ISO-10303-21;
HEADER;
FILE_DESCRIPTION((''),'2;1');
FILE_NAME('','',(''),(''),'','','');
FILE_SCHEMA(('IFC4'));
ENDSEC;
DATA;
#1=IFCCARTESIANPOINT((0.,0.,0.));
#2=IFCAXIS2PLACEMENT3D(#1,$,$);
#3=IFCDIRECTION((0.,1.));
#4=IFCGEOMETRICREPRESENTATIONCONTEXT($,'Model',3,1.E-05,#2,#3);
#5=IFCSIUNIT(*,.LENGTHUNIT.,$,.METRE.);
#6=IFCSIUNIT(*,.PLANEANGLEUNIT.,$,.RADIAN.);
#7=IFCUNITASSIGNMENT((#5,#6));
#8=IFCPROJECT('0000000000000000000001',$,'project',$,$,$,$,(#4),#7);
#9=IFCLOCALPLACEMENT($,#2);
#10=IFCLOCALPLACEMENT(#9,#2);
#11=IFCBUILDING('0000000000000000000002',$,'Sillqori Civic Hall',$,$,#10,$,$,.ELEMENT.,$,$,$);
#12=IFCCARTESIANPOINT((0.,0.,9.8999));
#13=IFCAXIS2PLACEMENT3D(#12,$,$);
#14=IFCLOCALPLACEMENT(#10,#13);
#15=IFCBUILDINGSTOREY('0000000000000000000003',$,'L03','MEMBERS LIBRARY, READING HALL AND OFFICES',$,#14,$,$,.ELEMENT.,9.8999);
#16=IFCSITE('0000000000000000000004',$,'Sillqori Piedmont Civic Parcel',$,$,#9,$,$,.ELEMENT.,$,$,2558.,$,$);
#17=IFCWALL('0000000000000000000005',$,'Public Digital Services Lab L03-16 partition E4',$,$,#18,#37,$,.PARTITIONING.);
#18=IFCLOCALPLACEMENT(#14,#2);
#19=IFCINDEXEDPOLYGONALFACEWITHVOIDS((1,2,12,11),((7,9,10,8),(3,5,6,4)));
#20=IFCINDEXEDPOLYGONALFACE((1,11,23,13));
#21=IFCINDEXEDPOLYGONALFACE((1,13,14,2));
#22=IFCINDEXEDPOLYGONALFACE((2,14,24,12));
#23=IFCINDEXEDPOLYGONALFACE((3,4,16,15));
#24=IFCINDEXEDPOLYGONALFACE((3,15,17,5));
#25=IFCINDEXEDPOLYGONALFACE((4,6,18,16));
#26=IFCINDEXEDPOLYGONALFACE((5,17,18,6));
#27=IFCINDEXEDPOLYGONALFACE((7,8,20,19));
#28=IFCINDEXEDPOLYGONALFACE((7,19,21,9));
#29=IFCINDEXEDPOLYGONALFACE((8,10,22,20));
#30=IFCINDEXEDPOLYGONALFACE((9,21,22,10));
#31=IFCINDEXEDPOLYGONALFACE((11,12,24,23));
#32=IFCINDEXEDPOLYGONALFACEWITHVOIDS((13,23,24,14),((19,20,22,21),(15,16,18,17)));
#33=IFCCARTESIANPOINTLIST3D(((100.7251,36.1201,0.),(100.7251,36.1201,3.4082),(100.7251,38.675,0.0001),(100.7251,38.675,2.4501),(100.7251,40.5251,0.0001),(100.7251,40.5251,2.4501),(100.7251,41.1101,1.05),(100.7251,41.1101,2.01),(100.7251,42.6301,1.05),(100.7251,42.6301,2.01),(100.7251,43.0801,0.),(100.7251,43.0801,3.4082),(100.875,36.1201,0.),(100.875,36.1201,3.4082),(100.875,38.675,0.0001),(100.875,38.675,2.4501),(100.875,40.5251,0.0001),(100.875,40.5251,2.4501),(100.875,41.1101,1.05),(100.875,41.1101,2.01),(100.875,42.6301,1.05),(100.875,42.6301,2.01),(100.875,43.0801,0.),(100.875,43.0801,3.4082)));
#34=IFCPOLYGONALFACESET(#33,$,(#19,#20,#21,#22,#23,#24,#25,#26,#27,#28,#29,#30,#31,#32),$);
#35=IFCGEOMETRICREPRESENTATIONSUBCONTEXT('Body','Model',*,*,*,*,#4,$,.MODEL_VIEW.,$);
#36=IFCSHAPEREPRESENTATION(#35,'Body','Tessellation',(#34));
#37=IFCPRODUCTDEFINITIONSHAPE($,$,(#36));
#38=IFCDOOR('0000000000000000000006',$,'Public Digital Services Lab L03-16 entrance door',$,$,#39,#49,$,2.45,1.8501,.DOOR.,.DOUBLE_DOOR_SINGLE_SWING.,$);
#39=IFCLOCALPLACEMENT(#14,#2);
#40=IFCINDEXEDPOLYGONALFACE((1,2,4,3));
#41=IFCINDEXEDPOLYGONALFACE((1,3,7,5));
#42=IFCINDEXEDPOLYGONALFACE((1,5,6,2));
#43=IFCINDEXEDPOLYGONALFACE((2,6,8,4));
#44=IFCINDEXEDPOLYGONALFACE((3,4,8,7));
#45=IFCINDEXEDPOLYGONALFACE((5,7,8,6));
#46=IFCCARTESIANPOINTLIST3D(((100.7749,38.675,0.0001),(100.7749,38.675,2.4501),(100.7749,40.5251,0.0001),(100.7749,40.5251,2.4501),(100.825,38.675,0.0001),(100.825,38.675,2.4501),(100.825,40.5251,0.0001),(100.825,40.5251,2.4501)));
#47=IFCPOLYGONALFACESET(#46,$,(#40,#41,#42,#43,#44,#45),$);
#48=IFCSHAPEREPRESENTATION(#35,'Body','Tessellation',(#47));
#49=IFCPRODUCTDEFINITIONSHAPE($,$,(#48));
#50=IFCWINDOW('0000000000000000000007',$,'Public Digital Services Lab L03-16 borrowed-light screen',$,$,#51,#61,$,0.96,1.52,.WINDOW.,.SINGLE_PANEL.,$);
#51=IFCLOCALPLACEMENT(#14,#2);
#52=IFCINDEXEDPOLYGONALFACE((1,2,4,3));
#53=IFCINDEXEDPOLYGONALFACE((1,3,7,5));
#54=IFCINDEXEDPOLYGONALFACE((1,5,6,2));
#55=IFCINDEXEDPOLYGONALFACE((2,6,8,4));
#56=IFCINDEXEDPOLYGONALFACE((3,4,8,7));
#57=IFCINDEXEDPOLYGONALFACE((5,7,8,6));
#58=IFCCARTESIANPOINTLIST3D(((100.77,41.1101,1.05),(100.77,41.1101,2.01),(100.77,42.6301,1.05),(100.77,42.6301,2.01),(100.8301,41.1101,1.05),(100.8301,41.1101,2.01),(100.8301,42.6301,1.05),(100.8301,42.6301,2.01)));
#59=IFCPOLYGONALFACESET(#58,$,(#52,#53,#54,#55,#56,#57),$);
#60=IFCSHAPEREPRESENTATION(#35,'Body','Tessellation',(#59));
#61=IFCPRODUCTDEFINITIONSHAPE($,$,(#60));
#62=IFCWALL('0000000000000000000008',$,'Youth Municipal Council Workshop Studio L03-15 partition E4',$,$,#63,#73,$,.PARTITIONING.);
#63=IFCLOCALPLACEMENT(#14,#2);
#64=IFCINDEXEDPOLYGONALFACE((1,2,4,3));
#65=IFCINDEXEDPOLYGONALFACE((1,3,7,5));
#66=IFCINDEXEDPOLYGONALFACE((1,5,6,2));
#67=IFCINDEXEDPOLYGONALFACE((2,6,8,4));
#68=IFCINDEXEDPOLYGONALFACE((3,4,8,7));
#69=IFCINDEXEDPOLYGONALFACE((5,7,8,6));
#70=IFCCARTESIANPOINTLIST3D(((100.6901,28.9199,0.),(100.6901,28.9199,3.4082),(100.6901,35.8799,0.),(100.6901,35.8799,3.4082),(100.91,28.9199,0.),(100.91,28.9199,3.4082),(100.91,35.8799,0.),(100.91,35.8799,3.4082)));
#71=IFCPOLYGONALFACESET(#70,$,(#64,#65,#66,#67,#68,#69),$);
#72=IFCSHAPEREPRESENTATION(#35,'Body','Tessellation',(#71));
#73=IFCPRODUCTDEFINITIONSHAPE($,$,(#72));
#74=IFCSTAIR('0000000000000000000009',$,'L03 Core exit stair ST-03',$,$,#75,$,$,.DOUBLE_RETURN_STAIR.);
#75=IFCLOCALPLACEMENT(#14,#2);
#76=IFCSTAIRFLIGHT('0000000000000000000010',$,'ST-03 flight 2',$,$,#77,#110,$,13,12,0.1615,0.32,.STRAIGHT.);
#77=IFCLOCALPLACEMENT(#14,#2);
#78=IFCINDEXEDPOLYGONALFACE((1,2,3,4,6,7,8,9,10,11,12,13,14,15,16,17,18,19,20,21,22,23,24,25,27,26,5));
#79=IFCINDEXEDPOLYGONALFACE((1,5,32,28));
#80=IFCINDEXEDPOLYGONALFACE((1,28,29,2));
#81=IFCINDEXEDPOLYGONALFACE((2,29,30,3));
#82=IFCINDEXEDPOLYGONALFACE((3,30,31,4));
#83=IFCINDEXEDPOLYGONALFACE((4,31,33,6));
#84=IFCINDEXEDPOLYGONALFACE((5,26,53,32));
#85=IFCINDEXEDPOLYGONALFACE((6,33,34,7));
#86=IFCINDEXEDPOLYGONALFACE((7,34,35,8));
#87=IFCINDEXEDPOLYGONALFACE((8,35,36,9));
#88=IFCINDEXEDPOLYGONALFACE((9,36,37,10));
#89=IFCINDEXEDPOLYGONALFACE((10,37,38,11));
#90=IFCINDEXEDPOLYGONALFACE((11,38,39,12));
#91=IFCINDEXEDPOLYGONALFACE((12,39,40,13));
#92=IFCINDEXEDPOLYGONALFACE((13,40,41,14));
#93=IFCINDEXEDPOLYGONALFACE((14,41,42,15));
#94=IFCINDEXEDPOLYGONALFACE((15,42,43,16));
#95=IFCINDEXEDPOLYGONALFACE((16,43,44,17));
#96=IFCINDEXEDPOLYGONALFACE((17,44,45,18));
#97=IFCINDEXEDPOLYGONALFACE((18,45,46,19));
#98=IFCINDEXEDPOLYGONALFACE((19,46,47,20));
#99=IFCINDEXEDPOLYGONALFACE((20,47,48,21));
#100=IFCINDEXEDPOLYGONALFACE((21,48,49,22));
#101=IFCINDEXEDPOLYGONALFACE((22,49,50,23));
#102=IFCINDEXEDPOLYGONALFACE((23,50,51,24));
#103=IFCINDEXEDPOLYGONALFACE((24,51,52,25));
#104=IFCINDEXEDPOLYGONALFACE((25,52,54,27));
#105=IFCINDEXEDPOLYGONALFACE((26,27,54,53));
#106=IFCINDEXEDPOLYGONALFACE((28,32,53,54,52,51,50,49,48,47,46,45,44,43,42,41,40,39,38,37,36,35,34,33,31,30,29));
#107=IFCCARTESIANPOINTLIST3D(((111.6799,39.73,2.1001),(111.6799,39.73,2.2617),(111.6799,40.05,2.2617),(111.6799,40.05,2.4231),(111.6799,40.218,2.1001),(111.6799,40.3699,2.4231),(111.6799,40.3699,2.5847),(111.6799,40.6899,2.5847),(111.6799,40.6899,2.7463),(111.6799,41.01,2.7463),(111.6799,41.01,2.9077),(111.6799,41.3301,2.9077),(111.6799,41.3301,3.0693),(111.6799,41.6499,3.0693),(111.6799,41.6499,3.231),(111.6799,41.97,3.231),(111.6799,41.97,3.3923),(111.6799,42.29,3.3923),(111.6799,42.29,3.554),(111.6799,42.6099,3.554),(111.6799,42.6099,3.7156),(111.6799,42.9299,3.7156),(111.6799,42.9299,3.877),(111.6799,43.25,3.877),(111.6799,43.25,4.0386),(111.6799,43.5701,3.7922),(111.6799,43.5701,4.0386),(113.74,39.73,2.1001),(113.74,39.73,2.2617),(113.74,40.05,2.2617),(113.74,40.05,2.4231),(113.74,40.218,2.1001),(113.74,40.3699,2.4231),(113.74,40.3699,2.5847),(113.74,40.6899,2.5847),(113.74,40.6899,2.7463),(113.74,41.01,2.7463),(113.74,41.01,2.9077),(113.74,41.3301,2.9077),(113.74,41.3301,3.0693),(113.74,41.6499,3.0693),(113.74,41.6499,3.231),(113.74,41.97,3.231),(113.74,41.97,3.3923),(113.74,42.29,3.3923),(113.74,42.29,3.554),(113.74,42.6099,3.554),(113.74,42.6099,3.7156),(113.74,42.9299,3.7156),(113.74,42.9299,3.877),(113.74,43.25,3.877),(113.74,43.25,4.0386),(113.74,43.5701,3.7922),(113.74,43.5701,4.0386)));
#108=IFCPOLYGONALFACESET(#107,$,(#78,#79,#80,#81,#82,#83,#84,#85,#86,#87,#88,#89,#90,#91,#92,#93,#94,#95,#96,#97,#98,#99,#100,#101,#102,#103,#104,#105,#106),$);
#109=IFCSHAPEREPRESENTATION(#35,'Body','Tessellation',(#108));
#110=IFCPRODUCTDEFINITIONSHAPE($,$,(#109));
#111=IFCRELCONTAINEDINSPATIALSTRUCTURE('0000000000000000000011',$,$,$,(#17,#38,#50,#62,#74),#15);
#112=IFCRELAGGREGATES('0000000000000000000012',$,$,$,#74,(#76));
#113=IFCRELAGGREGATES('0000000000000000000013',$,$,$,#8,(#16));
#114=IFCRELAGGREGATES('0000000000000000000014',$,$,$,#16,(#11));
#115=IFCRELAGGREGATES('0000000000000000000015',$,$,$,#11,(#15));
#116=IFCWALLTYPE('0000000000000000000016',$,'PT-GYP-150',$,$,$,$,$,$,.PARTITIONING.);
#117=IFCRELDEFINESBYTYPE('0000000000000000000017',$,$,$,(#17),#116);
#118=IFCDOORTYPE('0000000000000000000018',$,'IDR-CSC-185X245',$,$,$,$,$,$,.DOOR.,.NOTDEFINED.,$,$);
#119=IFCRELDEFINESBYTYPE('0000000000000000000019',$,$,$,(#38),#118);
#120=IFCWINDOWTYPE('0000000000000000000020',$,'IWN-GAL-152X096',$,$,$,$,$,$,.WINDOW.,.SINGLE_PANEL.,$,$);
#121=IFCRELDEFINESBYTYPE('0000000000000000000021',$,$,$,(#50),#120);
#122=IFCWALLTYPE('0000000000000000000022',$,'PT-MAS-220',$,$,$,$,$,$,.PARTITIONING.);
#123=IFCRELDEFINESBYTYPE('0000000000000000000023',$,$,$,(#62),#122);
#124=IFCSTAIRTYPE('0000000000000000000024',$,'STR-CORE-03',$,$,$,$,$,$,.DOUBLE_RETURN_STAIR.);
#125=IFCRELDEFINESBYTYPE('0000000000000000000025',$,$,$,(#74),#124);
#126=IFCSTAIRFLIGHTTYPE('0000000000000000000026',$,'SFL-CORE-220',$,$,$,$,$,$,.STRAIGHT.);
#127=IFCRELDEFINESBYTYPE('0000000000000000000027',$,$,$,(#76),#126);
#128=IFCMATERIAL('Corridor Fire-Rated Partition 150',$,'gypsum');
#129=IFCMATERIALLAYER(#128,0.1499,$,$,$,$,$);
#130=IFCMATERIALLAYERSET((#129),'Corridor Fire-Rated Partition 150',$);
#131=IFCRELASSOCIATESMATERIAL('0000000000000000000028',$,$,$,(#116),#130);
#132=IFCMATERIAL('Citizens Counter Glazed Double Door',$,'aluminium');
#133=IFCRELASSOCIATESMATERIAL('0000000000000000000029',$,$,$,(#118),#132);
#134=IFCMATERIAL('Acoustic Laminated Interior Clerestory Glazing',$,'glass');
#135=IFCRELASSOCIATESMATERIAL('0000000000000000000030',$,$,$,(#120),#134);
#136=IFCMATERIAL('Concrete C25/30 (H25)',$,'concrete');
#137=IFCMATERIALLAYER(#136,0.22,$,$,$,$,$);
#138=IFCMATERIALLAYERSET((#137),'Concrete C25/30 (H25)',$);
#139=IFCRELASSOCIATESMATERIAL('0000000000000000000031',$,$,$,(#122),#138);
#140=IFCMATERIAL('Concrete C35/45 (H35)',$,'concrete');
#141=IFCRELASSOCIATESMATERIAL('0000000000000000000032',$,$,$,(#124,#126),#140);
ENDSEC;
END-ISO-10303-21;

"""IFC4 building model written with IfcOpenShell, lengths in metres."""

from ifc_helpers import new_model, si_unit, direction, frame, frame_2d, origin, place, context, subcontext, project, spatial, polyline, rectangle, outline, extrude, material, layer, layer_set, type_object, element, fill, aggregate, save


model = new_model("IFC4")

# Units and contexts
model_context = context("Model", 3, precision=1e-05, world=origin(), true_north=direction((0.0, 1.0)))
body_context = subcontext(model_context, "Body", "Model", "MODEL_VIEW")
ifc_project = project(units=[si_unit("LENGTHUNIT", "METRE"), si_unit("PLANEANGLEUNIT", "RADIAN")], contexts=[model_context])

# Site, building, storey
site_placement = place(None, origin())
site = spatial("IfcSite", under=ifc_project, at=site_placement, Name="Sillqori Piedmont Civic Parcel", CompositionType="ELEMENT", RefElevation=2558.0)
building_placement = place(site_placement, origin())
building = spatial("IfcBuilding", under=site, at=building_placement, Name="Sillqori Civic Hall", CompositionType="ELEMENT")
storey_placement = place(building_placement, frame((0.0, 0.0, 9.8999)))
storey = spatial("IfcBuildingStorey", under=building, at=storey_placement, Name="L03", Description="MEMBERS LIBRARY, READING HALL AND OFFICES", CompositionType="ELEMENT", Elevation=9.8999)

# Shared definitions
ifc_material_1 = material(Name="Concrete C35/45 (H35)", Category="concrete")

# Wall, openings, door, window
ifc_material_2 = material(Name="Corridor Fire-Rated Partition 150", Category="gypsum")
ifc_layer_1 = layer(ifc_material_2, 0.1499)
ifc_layer_set_1 = layer_set([ifc_layer_1], Name="Corridor Fire-Rated Partition 150")
wall_type_1 = type_object("IfcWallType", Name="PT-GYP-150", PredefinedType="PARTITIONING", material=ifc_layer_set_1)
wall_1_placement = place(storey_placement, frame((100.8, 43.0801, 0.0), z_axis=(0.0, 0.0, 1.0), x_axis=(0.0, -1.0, 0.0)))
wall_1 = element("IfcWall", 1, at=wall_1_placement, inside=storey, type_object=wall_type_1, Name="Public Digital Services Lab L03-16 partition E4", PredefinedType="PARTITIONING", context=body_context, shape_type="SweptSolid", body=[
    extrude(rectangle(XDim=6.96, YDim=0.1499, at=frame_2d((3.48, 0.0))), origin(), (0.0, 0.0, 1.0), 3.4082),
])
opening_1_placement = place(wall_1_placement, frame((2.5549, 0.0, 0.0)))
opening_1 = element("IfcOpeningElement", 2, at=opening_1_placement, cuts=wall_1, PredefinedType="OPENING", context=body_context, shape_type="SweptSolid", body=[
    extrude(rectangle(XDim=1.8501, YDim=2.45, at=frame_2d((0.925, 1.2251))), frame((0.0, 0.085, 0.0), z_axis=(0.0, -1.0, 0.0), x_axis=(1.0, 0.0, 0.0)), (0.0, 0.0, 1.0), 0.1699),
])
opening_2_placement = place(wall_1_placement, frame((0.45, 0.0, 1.05)))
opening_2 = element("IfcOpeningElement", 3, at=opening_2_placement, cuts=wall_1, PredefinedType="OPENING", context=body_context, shape_type="SweptSolid", body=[
    extrude(rectangle(XDim=1.52, YDim=0.96, at=frame_2d((0.76, 0.48))), frame((0.0, 0.085, 0.0), z_axis=(0.0, -1.0, 0.0), x_axis=(1.0, 0.0, 0.0)), (0.0, 0.0, 1.0), 0.1699),
])
ifc_material_3 = material(Name="Citizens Counter Glazed Double Door", Category="aluminium")
door_type = type_object("IfcDoorType", Name="IDR-CSC-185X245", OperationType="NOTDEFINED", PredefinedType="DOOR", material=ifc_material_3)
door_placement = place(opening_1_placement, origin())
door = element("IfcDoor", 4, at=door_placement, inside=storey, type_object=door_type, Name="Public Digital Services Lab L03-16 entrance door", OperationType="DOUBLE_DOOR_SINGLE_SWING", OverallHeight=2.45, OverallWidth=1.8501, PredefinedType="DOOR", context=body_context, shape_type="SweptSolid", body=[
    extrude(rectangle(XDim=1.8501, YDim=2.45, at=frame_2d((0.925, 1.2251))), frame((0.0, 0.0249, 0.0), z_axis=(0.0, -1.0, 0.0), x_axis=(1.0, 0.0, 0.0)), (0.0, 0.0, 1.0), 0.05),
])
fill(opening_1, door)
ifc_material_4 = material(Name="Acoustic Laminated Interior Clerestory Glazing", Category="glass")
window_type = type_object("IfcWindowType", Name="IWN-GAL-152X096", PartitioningType="SINGLE_PANEL", PredefinedType="WINDOW", material=ifc_material_4)
window_placement = place(opening_2_placement, origin())
window = element("IfcWindow", 5, at=window_placement, inside=storey, type_object=window_type, Name="Public Digital Services Lab L03-16 borrowed-light screen", OverallHeight=0.96, OverallWidth=1.52, PartitioningType="SINGLE_PANEL", PredefinedType="WINDOW", context=body_context, shape_type="SweptSolid", body=[
    extrude(rectangle(XDim=1.52, YDim=0.96, at=frame_2d((0.76, 0.48))), frame((0.0, 0.03, 0.0), z_axis=(0.0, -1.0, 0.0), x_axis=(1.0, 0.0, 0.0)), (0.0, 0.0, 1.0), 0.0601),
])
fill(opening_2, window)

# Wall
ifc_material_5 = material(Name="Concrete C25/30 (H25)", Category="concrete")
ifc_layer_2 = layer(ifc_material_5, 0.22)
ifc_layer_set_2 = layer_set([ifc_layer_2], Name="Concrete C25/30 (H25)")
wall_type_2 = type_object("IfcWallType", Name="PT-MAS-220", PredefinedType="PARTITIONING", material=ifc_layer_set_2)
wall_2_placement = place(storey_placement, frame((100.8, 35.8799, 0.0), z_axis=(0.0, 0.0, 1.0), x_axis=(0.0, -1.0, 0.0)))
element("IfcWall", 6, at=wall_2_placement, inside=storey, type_object=wall_type_2, Name="Youth Municipal Council Workshop Studio L03-15 partition E4", PredefinedType="PARTITIONING", context=body_context, shape_type="SweptSolid", body=[
    extrude(rectangle(XDim=6.96, YDim=0.22, at=frame_2d((3.48, 0.0))), origin(), (0.0, 0.0, 1.0), 3.4082),
])

# Stair, stair flight
stair_type = type_object("IfcStairType", Name="STR-CORE-03", PredefinedType="DOUBLE_RETURN_STAIR", material=ifc_material_1)
stair_placement = place(storey_placement, origin())
stair = element("IfcStair", 7, at=stair_placement, inside=storey, type_object=stair_type, Name="L03 Core exit stair ST-03", PredefinedType="DOUBLE_RETURN_STAIR")
stair_flight_type = type_object("IfcStairFlightType", Name="SFL-CORE-220", PredefinedType="STRAIGHT", material=ifc_material_1)
stair_flight_placement = place(storey_placement, frame((112.71, 39.73, 2.1001), z_axis=(0.0, 0.0, 1.0), x_axis=(0.0, 1.0, 0.0)))
stair_flight = element("IfcStairFlight", 8, at=stair_flight_placement, type_object=stair_flight_type, Name="ST-03 flight 2", NumberOfRisers=13, NumberOfTreads=12, PredefinedType="STRAIGHT", RiserHeight=0.1615, TreadLength=0.32, context=body_context, shape_type="SweptSolid", body=[
    extrude(outline(polyline([(0.0, 0.0), (0.0, 0.1616), (0.3201, 0.1616), (0.3201, 0.323), (0.6399, 0.323), (0.6399, 0.4846), (0.96, 0.4846), (0.96, 0.6462), (1.28, 0.6462), (1.28, 0.8076), (1.6001, 0.8076), (1.6001, 0.9692), (1.9199, 0.9692), (1.9199, 1.1309), (2.24, 1.1309), (2.24, 1.2922), (2.5601, 1.2922), (2.5601, 1.4539), (2.8799, 1.4539), (2.8799, 1.6155), (3.2, 1.6155), (3.2, 1.7769), (3.52, 1.7769), (3.52, 1.9385), (3.8401, 1.9385), (3.8401, 2.1001), (3.8401, 1.6921), (0.488, 0.0), (0.0, 0.0)])), frame((0.0, 1.03, 0.0), z_axis=(0.0, -1.0, 0.0), x_axis=(1.0, 0.0, 0.0)), (0.0, 0.0, 1.0), 2.0601),
])
aggregate(stair, [stair_flight])

save(model, "model.ifc")
